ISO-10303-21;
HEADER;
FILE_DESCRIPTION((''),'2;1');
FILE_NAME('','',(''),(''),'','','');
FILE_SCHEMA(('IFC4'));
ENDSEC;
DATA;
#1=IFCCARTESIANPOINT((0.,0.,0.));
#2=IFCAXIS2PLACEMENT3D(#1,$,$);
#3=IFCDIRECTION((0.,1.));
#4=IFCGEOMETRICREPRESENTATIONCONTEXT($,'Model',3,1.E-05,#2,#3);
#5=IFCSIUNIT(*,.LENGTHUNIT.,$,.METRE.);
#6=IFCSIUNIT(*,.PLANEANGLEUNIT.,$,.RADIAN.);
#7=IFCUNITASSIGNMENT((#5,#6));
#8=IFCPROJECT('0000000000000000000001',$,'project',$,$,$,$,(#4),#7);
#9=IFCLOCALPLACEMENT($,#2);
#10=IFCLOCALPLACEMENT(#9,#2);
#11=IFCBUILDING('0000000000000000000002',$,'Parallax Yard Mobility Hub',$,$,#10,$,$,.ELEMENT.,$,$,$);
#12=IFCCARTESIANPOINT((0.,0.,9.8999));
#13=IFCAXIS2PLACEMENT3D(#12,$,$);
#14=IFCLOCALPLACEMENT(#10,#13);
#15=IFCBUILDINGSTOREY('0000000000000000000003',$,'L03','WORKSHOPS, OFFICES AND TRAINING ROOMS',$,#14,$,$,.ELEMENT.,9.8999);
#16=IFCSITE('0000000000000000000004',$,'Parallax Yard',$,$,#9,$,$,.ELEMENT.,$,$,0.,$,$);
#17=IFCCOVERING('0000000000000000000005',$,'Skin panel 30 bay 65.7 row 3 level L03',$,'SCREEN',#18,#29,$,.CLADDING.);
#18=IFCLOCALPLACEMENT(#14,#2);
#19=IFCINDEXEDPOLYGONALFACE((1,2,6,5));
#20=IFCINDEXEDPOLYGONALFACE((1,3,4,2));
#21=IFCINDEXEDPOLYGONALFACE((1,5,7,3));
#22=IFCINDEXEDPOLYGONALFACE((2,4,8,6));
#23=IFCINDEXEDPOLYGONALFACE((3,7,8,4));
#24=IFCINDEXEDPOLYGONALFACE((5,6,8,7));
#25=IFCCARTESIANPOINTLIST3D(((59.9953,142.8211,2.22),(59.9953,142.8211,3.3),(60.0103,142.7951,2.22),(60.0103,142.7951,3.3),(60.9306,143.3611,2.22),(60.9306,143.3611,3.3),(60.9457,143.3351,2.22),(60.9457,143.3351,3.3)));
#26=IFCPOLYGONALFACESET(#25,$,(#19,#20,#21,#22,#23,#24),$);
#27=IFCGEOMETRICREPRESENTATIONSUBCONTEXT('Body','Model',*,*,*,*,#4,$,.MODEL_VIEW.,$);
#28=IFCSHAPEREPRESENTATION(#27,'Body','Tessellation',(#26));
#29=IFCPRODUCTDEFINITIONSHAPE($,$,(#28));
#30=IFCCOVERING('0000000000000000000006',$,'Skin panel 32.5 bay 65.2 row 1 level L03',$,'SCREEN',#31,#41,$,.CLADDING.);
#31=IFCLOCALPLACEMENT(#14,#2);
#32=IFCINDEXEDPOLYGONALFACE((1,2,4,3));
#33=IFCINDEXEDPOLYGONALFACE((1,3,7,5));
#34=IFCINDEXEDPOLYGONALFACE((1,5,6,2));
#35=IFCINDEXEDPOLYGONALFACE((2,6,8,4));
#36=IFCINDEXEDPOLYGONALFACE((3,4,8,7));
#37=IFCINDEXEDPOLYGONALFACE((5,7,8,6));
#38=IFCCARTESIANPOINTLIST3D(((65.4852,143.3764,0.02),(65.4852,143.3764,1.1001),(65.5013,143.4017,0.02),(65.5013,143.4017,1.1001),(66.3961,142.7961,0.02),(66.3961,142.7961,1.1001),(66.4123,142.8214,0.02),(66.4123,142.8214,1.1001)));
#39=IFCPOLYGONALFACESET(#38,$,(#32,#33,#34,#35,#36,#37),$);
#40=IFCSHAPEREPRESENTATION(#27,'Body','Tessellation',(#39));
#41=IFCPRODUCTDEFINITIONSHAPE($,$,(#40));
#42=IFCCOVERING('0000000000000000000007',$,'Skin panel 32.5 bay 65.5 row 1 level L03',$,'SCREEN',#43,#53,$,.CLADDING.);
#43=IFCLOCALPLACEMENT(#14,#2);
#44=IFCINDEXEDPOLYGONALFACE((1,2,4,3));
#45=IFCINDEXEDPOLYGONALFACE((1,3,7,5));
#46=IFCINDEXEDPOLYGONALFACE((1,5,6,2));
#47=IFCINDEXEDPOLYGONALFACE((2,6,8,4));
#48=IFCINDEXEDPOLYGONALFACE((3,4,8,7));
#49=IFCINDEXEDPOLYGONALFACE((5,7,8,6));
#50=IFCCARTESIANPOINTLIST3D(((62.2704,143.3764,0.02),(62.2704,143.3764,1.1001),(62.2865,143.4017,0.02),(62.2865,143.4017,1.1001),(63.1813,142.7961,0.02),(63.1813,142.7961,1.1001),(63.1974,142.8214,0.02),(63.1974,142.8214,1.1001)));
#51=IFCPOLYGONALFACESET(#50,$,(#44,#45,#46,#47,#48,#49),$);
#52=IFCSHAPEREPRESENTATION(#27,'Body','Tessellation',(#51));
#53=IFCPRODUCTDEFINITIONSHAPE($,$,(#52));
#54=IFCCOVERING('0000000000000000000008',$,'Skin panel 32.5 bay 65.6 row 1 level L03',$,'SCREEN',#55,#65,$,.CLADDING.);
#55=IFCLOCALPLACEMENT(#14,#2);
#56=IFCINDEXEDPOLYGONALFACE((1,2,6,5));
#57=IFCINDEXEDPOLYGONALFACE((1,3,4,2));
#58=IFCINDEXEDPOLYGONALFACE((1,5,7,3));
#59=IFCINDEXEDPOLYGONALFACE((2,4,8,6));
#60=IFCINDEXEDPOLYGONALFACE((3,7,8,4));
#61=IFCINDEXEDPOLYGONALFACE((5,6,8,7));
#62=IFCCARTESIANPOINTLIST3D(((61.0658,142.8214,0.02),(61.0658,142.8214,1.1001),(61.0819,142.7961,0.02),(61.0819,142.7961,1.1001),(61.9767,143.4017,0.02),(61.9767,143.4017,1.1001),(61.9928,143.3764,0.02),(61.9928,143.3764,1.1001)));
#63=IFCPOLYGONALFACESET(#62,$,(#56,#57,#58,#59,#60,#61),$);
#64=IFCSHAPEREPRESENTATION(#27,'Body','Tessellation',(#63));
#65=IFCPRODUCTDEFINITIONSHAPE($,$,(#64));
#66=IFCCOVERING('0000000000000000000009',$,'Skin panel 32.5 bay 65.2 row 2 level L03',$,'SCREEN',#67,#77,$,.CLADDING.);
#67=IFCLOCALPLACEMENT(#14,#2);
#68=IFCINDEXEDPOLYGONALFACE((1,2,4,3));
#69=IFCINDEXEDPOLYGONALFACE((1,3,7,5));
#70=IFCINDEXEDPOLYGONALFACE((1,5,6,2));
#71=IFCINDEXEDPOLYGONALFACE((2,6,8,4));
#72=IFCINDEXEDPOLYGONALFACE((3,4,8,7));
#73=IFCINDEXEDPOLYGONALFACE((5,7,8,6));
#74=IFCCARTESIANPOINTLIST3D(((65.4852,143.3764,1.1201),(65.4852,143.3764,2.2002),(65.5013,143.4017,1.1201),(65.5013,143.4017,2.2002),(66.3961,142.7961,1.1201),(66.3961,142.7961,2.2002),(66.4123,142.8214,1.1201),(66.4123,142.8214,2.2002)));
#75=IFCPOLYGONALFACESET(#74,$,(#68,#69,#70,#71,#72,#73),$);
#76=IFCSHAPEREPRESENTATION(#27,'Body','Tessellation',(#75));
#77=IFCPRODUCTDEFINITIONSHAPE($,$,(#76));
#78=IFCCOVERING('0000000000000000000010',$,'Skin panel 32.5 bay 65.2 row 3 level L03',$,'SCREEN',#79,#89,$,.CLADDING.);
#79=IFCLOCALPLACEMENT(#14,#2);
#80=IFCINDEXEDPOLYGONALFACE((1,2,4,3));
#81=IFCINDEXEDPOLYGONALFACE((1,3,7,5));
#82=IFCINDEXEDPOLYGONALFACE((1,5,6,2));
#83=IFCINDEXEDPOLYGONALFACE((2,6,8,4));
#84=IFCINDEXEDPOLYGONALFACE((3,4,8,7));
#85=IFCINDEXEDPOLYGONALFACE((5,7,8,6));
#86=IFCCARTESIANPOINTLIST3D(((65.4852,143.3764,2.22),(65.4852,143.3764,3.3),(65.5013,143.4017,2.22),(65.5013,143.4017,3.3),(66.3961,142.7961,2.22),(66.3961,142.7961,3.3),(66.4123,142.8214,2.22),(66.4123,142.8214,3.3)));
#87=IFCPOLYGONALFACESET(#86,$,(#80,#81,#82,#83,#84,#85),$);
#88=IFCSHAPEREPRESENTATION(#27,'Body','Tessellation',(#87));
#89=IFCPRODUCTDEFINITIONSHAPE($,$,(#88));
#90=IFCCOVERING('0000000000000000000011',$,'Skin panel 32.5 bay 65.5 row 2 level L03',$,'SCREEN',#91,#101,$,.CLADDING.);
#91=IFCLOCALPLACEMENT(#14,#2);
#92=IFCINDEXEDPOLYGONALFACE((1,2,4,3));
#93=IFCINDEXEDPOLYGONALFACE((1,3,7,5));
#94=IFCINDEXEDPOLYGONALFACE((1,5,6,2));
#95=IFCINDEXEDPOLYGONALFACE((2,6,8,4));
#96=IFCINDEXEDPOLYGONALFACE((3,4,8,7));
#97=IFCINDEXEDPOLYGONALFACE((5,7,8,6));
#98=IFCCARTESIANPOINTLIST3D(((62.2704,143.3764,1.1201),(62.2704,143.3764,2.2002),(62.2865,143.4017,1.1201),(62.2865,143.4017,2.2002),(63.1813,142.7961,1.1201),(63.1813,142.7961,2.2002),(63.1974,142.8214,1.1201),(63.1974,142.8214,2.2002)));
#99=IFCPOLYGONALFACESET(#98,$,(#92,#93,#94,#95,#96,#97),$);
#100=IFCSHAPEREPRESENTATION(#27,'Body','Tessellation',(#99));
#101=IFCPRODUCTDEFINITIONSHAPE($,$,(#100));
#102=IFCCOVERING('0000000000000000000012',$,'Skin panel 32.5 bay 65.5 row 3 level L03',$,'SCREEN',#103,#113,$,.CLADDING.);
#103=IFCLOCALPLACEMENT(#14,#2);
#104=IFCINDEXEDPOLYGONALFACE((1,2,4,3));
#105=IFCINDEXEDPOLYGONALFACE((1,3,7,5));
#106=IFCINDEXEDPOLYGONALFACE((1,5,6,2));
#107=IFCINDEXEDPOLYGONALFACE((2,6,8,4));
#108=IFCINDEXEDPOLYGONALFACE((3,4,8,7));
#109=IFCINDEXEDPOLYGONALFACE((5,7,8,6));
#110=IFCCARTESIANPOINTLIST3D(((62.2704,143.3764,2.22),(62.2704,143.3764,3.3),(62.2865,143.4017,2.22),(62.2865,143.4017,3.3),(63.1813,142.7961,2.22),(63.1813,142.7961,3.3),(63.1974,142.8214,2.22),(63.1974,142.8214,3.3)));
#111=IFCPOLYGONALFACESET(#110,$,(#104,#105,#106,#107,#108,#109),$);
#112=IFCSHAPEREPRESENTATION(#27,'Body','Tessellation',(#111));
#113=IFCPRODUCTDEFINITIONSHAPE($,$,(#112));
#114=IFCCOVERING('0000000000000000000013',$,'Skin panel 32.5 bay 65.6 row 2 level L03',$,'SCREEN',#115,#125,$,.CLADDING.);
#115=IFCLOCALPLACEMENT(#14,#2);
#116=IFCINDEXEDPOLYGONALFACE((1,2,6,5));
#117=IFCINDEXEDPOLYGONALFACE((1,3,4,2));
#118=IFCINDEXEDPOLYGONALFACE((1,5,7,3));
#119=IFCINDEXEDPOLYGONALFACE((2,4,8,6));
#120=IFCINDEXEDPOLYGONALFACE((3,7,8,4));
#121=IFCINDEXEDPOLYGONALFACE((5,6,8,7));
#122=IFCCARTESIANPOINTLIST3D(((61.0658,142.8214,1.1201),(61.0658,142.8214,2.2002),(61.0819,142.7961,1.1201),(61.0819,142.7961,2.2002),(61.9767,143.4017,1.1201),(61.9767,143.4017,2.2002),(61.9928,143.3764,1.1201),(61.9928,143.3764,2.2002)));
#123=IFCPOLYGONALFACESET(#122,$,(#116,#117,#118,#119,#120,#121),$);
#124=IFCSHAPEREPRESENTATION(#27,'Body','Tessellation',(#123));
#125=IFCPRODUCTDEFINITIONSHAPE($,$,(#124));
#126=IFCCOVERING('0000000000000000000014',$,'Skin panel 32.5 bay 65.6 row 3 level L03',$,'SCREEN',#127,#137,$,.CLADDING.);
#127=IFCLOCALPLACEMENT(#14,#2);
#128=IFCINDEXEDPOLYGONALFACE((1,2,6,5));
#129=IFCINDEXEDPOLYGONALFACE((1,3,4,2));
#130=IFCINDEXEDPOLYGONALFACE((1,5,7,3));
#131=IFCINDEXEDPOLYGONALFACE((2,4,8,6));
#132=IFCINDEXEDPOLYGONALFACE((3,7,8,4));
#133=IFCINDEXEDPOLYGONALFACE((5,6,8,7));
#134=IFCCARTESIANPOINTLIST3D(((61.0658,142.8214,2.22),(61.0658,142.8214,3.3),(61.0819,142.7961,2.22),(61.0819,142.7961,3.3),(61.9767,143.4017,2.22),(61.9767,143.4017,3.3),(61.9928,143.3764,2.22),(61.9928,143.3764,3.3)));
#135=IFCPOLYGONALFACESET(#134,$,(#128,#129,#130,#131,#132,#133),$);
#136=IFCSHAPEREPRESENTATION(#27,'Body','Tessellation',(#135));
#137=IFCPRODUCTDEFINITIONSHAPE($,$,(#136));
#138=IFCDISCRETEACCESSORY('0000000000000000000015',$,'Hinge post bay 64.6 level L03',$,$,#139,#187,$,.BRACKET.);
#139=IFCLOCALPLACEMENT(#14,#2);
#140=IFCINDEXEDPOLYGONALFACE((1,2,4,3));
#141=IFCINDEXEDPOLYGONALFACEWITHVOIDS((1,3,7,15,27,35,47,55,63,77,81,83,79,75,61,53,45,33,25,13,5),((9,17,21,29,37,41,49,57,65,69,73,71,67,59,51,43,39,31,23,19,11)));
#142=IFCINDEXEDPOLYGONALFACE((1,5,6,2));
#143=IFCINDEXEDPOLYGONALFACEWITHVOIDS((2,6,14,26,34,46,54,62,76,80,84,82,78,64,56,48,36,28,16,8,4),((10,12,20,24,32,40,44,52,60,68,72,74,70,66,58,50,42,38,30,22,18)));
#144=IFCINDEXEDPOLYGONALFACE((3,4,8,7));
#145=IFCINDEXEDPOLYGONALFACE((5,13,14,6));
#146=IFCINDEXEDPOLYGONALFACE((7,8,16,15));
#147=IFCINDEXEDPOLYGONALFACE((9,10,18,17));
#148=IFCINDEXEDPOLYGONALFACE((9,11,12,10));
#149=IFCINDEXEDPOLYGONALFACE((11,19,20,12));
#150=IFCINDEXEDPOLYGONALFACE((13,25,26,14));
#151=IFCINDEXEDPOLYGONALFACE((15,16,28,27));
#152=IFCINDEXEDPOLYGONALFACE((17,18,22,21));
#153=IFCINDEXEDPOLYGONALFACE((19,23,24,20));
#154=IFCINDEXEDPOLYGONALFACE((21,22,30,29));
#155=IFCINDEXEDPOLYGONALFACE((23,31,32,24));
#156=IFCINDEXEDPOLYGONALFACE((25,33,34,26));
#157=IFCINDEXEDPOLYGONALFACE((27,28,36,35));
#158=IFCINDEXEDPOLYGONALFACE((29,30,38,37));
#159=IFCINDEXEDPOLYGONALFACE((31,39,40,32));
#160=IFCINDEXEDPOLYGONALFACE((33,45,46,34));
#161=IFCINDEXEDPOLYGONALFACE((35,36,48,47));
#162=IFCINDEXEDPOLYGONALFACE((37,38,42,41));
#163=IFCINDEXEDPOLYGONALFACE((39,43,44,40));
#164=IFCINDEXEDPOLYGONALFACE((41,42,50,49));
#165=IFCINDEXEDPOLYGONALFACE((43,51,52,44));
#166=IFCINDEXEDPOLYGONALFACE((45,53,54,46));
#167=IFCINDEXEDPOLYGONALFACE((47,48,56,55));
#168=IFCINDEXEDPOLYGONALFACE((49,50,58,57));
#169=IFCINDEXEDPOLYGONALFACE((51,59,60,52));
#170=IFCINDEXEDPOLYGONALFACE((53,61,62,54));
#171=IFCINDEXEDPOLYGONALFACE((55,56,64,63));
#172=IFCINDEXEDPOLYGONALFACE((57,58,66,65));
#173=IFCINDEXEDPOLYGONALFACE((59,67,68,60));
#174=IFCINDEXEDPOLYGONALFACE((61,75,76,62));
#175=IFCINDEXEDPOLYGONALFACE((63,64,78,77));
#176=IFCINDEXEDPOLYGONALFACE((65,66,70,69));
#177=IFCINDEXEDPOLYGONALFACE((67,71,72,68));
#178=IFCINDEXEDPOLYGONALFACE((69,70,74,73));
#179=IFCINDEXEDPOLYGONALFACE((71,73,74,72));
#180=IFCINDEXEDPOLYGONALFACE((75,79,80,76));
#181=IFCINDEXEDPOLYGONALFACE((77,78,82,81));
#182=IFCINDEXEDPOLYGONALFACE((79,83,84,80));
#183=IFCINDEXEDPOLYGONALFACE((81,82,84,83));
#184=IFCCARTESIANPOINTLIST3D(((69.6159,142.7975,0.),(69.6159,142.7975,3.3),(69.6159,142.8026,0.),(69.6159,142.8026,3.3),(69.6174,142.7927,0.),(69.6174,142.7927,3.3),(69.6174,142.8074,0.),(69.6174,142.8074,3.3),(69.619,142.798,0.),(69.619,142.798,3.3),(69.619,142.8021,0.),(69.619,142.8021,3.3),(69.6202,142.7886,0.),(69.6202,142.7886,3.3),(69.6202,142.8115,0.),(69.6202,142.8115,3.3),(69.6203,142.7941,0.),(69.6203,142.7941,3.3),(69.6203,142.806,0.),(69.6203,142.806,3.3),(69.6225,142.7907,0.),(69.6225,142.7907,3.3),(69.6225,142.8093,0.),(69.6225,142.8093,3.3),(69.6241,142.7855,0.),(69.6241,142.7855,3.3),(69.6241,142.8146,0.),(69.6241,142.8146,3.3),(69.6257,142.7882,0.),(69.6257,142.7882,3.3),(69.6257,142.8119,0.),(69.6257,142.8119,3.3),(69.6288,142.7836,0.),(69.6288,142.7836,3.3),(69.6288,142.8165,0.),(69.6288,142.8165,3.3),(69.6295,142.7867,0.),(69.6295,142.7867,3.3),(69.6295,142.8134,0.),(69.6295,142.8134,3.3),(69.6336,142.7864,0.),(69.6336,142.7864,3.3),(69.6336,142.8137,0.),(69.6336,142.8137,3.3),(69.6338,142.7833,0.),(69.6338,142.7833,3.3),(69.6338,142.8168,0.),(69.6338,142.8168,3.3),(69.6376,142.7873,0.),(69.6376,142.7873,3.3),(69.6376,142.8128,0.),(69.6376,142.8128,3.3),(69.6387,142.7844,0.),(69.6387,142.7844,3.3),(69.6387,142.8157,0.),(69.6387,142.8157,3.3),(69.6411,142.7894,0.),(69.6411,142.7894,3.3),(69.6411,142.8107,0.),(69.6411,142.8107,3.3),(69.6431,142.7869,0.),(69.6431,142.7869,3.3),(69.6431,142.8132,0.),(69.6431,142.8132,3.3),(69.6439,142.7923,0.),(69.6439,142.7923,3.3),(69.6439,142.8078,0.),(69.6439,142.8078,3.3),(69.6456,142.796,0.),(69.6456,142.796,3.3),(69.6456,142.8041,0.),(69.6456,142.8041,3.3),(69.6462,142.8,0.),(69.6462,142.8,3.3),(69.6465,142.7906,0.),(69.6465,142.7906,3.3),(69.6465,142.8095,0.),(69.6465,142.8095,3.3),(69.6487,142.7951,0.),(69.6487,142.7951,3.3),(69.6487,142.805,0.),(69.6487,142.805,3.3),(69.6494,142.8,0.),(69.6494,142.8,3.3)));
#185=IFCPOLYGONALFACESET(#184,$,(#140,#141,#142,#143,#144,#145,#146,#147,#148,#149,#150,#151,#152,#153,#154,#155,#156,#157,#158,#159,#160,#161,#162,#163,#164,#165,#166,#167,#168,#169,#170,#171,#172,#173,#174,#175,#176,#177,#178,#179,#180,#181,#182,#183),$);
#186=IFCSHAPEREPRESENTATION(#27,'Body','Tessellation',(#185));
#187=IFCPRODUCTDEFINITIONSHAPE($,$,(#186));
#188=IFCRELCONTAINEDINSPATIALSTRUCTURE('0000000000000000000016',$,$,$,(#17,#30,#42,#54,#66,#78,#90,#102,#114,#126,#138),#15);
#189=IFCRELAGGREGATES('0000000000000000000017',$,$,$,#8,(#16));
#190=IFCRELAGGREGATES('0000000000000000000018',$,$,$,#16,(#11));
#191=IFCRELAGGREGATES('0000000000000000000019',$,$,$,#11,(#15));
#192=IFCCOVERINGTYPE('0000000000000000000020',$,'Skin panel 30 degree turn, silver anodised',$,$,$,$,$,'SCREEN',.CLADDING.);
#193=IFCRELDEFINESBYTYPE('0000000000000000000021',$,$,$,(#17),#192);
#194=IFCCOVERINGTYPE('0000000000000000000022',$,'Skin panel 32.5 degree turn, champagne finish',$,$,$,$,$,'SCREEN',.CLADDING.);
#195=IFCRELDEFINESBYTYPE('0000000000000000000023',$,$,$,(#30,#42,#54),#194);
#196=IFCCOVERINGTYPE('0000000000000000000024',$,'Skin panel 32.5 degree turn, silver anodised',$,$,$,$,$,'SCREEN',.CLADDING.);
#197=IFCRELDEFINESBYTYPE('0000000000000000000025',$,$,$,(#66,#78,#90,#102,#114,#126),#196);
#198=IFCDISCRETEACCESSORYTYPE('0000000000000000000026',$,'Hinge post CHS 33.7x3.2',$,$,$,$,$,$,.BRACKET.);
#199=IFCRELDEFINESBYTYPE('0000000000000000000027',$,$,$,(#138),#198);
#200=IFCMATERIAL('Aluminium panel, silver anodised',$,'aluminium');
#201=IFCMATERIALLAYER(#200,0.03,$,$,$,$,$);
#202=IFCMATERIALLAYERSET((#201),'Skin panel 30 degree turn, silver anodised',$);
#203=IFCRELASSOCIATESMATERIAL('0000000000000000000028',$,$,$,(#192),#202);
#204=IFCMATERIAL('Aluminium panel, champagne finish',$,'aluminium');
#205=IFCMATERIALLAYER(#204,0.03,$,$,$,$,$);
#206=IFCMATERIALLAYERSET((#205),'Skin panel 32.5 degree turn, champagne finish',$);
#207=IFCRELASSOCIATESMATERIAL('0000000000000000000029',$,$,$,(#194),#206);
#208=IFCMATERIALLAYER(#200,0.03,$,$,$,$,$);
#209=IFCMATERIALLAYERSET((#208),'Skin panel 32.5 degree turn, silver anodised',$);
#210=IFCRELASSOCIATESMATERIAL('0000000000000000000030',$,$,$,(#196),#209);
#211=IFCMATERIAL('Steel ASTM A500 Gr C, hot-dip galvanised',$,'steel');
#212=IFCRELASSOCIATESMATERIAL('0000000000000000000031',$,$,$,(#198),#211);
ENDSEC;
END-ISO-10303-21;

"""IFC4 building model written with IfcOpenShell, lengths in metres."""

from ifc_helpers import new_model, si_unit, direction, frame, origin, origin_2d, place, context, subcontext, project, spatial, rectangle, hollow_circle, extrude, material, layer, layer_set, material_profile, profile_set, type_object, element, save


model = new_model("IFC4")

# Units and contexts
model_context = context("Model", 3, precision=1e-05, world=origin(), true_north=direction((0.0, 1.0)))
body_context = subcontext(model_context, "Body", "Model", "MODEL_VIEW")
ifc_project = project(units=[si_unit("LENGTHUNIT", "METRE"), si_unit("PLANEANGLEUNIT", "RADIAN")], contexts=[model_context])

# Site, building, storey
site_placement = place(None, origin())
site = spatial("IfcSite", under=ifc_project, at=site_placement, Name="Parallax Yard", CompositionType="ELEMENT", RefElevation=0.0)
building_placement = place(site_placement, origin())
building = spatial("IfcBuilding", under=site, at=building_placement, Name="Parallax Yard Mobility Hub", CompositionType="ELEMENT")
storey_placement = place(building_placement, frame((0.0, 0.0, 9.8999)))
storey = spatial("IfcBuildingStorey", under=building, at=storey_placement, Name="L03", Description="WORKSHOPS, OFFICES AND TRAINING ROOMS", CompositionType="ELEMENT", Elevation=9.8999)

# Coverings
ifc_material_1 = material(Name="Aluminium panel, champagne finish", Category="aluminium")
ifc_material_2 = material(Name="Aluminium panel, silver anodised", Category="aluminium")
ifc_layer_1 = layer(ifc_material_2, 0.03)
ifc_layer_set_1 = layer_set([ifc_layer_1], Name="Skin panel 30 degree turn, silver anodised")
covering_type_1 = type_object("IfcCoveringType", Name="Skin panel 30 degree turn, silver anodised", ElementType="SCREEN", PredefinedType="CLADDING", material=ifc_layer_set_1)
for number, where, z_axis, x_axis, name in (
    (1, (60.4705, 143.0781, 2.22), (0.0, 0.0, 1.0), (0.866025, 0.5, 0.0), "Skin panel 30 bay 65.7 row 3 level L03"),
):
    element("IfcCovering", number, at=place(storey_placement, frame(where, z_axis=z_axis, x_axis=x_axis)), inside=storey, type_object=covering_type_1, Name=name, ObjectType="SCREEN", PredefinedType="CLADDING", context=body_context, shape_type="SweptSolid", body=[
        extrude(rectangle(XDim=1.0801, YDim=0.03, at=origin_2d()), origin(), (0.0, 0.0, 1.0), 1.0801),
    ])
ifc_layer_2 = layer(ifc_material_1, 0.03)
ifc_layer_set_2 = layer_set([ifc_layer_2], Name="Skin panel 32.5 degree turn, champagne finish")
covering_type_2 = type_object("IfcCoveringType", Name="Skin panel 32.5 degree turn, champagne finish", ElementType="SCREEN", PredefinedType="CLADDING", material=ifc_layer_set_2)
for number, where, z_axis, x_axis, name in (
    (2, (65.9487, 143.0989, 0.02), (0.0, 0.0, 1.0), (-0.843391, 0.5373, 0.0), "Skin panel 32.5 bay 65.2 row 1 level L03"),
    (3, (62.7339, 143.0989, 0.02), (0.0, 0.0, 1.0), (-0.843391, 0.5373, 0.0), "Skin panel 32.5 bay 65.5 row 1 level L03"),
    (4, (61.5293, 143.0989, 0.02), (0.0, 0.0, 1.0), (0.843391, 0.5373, 0.0), "Skin panel 32.5 bay 65.6 row 1 level L03"),
):
    element("IfcCovering", number, at=place(storey_placement, frame(where, z_axis=z_axis, x_axis=x_axis)), inside=storey, type_object=covering_type_2, Name=name, ObjectType="SCREEN", PredefinedType="CLADDING", context=body_context, shape_type="SweptSolid", body=[
        extrude(rectangle(XDim=1.0801, YDim=0.03, at=origin_2d()), origin(), (0.0, 0.0, 1.0), 1.0801),
    ])
ifc_layer_3 = layer(ifc_material_2, 0.03)
ifc_layer_set_3 = layer_set([ifc_layer_3], Name="Skin panel 32.5 degree turn, silver anodised")
covering_type_3 = type_object("IfcCoveringType", Name="Skin panel 32.5 degree turn, silver anodised", ElementType="SCREEN", PredefinedType="CLADDING", material=ifc_layer_set_3)
for number, where, z_axis, x_axis, name in (
    (5, (65.9487, 143.0989, 1.1201), (0.0, 0.0, 1.0), (-0.843391, 0.5373, 0.0), "Skin panel 32.5 bay 65.2 row 2 level L03"),
    (6, (65.9487, 143.0989, 2.22), (0.0, 0.0, 1.0), (-0.843391, 0.5373, 0.0), "Skin panel 32.5 bay 65.2 row 3 level L03"),
    (7, (62.7339, 143.0989, 1.1201), (0.0, 0.0, 1.0), (-0.843391, 0.5373, 0.0), "Skin panel 32.5 bay 65.5 row 2 level L03"),
    (8, (62.7339, 143.0989, 2.22), (0.0, 0.0, 1.0), (-0.843391, 0.5373, 0.0), "Skin panel 32.5 bay 65.5 row 3 level L03"),
    (9, (61.5293, 143.0989, 1.1201), (0.0, 0.0, 1.0), (0.843391, 0.5373, 0.0), "Skin panel 32.5 bay 65.6 row 2 level L03"),
    (10, (61.5293, 143.0989, 2.22), (0.0, 0.0, 1.0), (0.843391, 0.5373, 0.0), "Skin panel 32.5 bay 65.6 row 3 level L03"),
):
    element("IfcCovering", number, at=place(storey_placement, frame(where, z_axis=z_axis, x_axis=x_axis)), inside=storey, type_object=covering_type_3, Name=name, ObjectType="SCREEN", PredefinedType="CLADDING", context=body_context, shape_type="SweptSolid", body=[
        extrude(rectangle(XDim=1.0801, YDim=0.03, at=origin_2d()), origin(), (0.0, 0.0, 1.0), 1.0801),
    ])

# Discrete accessory
ifc_material_3 = material(Name="Steel ASTM A500 Gr C, hot-dip galvanised", Category="steel")
ifc_material_profile = material_profile(ifc_material_3, hollow_circle(Radius=0.0168, WallThickness=0.0032, at=origin_2d()), Name="CHS 33.7x3.2")
ifc_profile_set = profile_set([ifc_material_profile], Name="Steel ASTM A500 Gr C, hot-dip galvanised")
discrete_accessory_type = type_object("IfcDiscreteAccessoryType", Name="Hinge post CHS 33.7x3.2", PredefinedType="BRACKET", material=ifc_profile_set)
for number, where, z_axis, x_axis, name in (
    (11, (69.6326, 142.8, 0.0), (0.0, 0.0, 1.0), (1.0, 0.0, 0.0), "Hinge post bay 64.6 level L03"),
):
    element("IfcDiscreteAccessory", number, at=place(storey_placement, frame(where, z_axis=z_axis, x_axis=x_axis)), inside=storey, type_object=discrete_accessory_type, Name=name, PredefinedType="BRACKET", context=body_context, shape_type="SweptSolid", body=[
        extrude(hollow_circle(Radius=0.0168, WallThickness=0.0032, at=origin_2d()), origin(), (0.0, 0.0, 1.0), 3.3),
    ])

save(model, "model.ifc")
